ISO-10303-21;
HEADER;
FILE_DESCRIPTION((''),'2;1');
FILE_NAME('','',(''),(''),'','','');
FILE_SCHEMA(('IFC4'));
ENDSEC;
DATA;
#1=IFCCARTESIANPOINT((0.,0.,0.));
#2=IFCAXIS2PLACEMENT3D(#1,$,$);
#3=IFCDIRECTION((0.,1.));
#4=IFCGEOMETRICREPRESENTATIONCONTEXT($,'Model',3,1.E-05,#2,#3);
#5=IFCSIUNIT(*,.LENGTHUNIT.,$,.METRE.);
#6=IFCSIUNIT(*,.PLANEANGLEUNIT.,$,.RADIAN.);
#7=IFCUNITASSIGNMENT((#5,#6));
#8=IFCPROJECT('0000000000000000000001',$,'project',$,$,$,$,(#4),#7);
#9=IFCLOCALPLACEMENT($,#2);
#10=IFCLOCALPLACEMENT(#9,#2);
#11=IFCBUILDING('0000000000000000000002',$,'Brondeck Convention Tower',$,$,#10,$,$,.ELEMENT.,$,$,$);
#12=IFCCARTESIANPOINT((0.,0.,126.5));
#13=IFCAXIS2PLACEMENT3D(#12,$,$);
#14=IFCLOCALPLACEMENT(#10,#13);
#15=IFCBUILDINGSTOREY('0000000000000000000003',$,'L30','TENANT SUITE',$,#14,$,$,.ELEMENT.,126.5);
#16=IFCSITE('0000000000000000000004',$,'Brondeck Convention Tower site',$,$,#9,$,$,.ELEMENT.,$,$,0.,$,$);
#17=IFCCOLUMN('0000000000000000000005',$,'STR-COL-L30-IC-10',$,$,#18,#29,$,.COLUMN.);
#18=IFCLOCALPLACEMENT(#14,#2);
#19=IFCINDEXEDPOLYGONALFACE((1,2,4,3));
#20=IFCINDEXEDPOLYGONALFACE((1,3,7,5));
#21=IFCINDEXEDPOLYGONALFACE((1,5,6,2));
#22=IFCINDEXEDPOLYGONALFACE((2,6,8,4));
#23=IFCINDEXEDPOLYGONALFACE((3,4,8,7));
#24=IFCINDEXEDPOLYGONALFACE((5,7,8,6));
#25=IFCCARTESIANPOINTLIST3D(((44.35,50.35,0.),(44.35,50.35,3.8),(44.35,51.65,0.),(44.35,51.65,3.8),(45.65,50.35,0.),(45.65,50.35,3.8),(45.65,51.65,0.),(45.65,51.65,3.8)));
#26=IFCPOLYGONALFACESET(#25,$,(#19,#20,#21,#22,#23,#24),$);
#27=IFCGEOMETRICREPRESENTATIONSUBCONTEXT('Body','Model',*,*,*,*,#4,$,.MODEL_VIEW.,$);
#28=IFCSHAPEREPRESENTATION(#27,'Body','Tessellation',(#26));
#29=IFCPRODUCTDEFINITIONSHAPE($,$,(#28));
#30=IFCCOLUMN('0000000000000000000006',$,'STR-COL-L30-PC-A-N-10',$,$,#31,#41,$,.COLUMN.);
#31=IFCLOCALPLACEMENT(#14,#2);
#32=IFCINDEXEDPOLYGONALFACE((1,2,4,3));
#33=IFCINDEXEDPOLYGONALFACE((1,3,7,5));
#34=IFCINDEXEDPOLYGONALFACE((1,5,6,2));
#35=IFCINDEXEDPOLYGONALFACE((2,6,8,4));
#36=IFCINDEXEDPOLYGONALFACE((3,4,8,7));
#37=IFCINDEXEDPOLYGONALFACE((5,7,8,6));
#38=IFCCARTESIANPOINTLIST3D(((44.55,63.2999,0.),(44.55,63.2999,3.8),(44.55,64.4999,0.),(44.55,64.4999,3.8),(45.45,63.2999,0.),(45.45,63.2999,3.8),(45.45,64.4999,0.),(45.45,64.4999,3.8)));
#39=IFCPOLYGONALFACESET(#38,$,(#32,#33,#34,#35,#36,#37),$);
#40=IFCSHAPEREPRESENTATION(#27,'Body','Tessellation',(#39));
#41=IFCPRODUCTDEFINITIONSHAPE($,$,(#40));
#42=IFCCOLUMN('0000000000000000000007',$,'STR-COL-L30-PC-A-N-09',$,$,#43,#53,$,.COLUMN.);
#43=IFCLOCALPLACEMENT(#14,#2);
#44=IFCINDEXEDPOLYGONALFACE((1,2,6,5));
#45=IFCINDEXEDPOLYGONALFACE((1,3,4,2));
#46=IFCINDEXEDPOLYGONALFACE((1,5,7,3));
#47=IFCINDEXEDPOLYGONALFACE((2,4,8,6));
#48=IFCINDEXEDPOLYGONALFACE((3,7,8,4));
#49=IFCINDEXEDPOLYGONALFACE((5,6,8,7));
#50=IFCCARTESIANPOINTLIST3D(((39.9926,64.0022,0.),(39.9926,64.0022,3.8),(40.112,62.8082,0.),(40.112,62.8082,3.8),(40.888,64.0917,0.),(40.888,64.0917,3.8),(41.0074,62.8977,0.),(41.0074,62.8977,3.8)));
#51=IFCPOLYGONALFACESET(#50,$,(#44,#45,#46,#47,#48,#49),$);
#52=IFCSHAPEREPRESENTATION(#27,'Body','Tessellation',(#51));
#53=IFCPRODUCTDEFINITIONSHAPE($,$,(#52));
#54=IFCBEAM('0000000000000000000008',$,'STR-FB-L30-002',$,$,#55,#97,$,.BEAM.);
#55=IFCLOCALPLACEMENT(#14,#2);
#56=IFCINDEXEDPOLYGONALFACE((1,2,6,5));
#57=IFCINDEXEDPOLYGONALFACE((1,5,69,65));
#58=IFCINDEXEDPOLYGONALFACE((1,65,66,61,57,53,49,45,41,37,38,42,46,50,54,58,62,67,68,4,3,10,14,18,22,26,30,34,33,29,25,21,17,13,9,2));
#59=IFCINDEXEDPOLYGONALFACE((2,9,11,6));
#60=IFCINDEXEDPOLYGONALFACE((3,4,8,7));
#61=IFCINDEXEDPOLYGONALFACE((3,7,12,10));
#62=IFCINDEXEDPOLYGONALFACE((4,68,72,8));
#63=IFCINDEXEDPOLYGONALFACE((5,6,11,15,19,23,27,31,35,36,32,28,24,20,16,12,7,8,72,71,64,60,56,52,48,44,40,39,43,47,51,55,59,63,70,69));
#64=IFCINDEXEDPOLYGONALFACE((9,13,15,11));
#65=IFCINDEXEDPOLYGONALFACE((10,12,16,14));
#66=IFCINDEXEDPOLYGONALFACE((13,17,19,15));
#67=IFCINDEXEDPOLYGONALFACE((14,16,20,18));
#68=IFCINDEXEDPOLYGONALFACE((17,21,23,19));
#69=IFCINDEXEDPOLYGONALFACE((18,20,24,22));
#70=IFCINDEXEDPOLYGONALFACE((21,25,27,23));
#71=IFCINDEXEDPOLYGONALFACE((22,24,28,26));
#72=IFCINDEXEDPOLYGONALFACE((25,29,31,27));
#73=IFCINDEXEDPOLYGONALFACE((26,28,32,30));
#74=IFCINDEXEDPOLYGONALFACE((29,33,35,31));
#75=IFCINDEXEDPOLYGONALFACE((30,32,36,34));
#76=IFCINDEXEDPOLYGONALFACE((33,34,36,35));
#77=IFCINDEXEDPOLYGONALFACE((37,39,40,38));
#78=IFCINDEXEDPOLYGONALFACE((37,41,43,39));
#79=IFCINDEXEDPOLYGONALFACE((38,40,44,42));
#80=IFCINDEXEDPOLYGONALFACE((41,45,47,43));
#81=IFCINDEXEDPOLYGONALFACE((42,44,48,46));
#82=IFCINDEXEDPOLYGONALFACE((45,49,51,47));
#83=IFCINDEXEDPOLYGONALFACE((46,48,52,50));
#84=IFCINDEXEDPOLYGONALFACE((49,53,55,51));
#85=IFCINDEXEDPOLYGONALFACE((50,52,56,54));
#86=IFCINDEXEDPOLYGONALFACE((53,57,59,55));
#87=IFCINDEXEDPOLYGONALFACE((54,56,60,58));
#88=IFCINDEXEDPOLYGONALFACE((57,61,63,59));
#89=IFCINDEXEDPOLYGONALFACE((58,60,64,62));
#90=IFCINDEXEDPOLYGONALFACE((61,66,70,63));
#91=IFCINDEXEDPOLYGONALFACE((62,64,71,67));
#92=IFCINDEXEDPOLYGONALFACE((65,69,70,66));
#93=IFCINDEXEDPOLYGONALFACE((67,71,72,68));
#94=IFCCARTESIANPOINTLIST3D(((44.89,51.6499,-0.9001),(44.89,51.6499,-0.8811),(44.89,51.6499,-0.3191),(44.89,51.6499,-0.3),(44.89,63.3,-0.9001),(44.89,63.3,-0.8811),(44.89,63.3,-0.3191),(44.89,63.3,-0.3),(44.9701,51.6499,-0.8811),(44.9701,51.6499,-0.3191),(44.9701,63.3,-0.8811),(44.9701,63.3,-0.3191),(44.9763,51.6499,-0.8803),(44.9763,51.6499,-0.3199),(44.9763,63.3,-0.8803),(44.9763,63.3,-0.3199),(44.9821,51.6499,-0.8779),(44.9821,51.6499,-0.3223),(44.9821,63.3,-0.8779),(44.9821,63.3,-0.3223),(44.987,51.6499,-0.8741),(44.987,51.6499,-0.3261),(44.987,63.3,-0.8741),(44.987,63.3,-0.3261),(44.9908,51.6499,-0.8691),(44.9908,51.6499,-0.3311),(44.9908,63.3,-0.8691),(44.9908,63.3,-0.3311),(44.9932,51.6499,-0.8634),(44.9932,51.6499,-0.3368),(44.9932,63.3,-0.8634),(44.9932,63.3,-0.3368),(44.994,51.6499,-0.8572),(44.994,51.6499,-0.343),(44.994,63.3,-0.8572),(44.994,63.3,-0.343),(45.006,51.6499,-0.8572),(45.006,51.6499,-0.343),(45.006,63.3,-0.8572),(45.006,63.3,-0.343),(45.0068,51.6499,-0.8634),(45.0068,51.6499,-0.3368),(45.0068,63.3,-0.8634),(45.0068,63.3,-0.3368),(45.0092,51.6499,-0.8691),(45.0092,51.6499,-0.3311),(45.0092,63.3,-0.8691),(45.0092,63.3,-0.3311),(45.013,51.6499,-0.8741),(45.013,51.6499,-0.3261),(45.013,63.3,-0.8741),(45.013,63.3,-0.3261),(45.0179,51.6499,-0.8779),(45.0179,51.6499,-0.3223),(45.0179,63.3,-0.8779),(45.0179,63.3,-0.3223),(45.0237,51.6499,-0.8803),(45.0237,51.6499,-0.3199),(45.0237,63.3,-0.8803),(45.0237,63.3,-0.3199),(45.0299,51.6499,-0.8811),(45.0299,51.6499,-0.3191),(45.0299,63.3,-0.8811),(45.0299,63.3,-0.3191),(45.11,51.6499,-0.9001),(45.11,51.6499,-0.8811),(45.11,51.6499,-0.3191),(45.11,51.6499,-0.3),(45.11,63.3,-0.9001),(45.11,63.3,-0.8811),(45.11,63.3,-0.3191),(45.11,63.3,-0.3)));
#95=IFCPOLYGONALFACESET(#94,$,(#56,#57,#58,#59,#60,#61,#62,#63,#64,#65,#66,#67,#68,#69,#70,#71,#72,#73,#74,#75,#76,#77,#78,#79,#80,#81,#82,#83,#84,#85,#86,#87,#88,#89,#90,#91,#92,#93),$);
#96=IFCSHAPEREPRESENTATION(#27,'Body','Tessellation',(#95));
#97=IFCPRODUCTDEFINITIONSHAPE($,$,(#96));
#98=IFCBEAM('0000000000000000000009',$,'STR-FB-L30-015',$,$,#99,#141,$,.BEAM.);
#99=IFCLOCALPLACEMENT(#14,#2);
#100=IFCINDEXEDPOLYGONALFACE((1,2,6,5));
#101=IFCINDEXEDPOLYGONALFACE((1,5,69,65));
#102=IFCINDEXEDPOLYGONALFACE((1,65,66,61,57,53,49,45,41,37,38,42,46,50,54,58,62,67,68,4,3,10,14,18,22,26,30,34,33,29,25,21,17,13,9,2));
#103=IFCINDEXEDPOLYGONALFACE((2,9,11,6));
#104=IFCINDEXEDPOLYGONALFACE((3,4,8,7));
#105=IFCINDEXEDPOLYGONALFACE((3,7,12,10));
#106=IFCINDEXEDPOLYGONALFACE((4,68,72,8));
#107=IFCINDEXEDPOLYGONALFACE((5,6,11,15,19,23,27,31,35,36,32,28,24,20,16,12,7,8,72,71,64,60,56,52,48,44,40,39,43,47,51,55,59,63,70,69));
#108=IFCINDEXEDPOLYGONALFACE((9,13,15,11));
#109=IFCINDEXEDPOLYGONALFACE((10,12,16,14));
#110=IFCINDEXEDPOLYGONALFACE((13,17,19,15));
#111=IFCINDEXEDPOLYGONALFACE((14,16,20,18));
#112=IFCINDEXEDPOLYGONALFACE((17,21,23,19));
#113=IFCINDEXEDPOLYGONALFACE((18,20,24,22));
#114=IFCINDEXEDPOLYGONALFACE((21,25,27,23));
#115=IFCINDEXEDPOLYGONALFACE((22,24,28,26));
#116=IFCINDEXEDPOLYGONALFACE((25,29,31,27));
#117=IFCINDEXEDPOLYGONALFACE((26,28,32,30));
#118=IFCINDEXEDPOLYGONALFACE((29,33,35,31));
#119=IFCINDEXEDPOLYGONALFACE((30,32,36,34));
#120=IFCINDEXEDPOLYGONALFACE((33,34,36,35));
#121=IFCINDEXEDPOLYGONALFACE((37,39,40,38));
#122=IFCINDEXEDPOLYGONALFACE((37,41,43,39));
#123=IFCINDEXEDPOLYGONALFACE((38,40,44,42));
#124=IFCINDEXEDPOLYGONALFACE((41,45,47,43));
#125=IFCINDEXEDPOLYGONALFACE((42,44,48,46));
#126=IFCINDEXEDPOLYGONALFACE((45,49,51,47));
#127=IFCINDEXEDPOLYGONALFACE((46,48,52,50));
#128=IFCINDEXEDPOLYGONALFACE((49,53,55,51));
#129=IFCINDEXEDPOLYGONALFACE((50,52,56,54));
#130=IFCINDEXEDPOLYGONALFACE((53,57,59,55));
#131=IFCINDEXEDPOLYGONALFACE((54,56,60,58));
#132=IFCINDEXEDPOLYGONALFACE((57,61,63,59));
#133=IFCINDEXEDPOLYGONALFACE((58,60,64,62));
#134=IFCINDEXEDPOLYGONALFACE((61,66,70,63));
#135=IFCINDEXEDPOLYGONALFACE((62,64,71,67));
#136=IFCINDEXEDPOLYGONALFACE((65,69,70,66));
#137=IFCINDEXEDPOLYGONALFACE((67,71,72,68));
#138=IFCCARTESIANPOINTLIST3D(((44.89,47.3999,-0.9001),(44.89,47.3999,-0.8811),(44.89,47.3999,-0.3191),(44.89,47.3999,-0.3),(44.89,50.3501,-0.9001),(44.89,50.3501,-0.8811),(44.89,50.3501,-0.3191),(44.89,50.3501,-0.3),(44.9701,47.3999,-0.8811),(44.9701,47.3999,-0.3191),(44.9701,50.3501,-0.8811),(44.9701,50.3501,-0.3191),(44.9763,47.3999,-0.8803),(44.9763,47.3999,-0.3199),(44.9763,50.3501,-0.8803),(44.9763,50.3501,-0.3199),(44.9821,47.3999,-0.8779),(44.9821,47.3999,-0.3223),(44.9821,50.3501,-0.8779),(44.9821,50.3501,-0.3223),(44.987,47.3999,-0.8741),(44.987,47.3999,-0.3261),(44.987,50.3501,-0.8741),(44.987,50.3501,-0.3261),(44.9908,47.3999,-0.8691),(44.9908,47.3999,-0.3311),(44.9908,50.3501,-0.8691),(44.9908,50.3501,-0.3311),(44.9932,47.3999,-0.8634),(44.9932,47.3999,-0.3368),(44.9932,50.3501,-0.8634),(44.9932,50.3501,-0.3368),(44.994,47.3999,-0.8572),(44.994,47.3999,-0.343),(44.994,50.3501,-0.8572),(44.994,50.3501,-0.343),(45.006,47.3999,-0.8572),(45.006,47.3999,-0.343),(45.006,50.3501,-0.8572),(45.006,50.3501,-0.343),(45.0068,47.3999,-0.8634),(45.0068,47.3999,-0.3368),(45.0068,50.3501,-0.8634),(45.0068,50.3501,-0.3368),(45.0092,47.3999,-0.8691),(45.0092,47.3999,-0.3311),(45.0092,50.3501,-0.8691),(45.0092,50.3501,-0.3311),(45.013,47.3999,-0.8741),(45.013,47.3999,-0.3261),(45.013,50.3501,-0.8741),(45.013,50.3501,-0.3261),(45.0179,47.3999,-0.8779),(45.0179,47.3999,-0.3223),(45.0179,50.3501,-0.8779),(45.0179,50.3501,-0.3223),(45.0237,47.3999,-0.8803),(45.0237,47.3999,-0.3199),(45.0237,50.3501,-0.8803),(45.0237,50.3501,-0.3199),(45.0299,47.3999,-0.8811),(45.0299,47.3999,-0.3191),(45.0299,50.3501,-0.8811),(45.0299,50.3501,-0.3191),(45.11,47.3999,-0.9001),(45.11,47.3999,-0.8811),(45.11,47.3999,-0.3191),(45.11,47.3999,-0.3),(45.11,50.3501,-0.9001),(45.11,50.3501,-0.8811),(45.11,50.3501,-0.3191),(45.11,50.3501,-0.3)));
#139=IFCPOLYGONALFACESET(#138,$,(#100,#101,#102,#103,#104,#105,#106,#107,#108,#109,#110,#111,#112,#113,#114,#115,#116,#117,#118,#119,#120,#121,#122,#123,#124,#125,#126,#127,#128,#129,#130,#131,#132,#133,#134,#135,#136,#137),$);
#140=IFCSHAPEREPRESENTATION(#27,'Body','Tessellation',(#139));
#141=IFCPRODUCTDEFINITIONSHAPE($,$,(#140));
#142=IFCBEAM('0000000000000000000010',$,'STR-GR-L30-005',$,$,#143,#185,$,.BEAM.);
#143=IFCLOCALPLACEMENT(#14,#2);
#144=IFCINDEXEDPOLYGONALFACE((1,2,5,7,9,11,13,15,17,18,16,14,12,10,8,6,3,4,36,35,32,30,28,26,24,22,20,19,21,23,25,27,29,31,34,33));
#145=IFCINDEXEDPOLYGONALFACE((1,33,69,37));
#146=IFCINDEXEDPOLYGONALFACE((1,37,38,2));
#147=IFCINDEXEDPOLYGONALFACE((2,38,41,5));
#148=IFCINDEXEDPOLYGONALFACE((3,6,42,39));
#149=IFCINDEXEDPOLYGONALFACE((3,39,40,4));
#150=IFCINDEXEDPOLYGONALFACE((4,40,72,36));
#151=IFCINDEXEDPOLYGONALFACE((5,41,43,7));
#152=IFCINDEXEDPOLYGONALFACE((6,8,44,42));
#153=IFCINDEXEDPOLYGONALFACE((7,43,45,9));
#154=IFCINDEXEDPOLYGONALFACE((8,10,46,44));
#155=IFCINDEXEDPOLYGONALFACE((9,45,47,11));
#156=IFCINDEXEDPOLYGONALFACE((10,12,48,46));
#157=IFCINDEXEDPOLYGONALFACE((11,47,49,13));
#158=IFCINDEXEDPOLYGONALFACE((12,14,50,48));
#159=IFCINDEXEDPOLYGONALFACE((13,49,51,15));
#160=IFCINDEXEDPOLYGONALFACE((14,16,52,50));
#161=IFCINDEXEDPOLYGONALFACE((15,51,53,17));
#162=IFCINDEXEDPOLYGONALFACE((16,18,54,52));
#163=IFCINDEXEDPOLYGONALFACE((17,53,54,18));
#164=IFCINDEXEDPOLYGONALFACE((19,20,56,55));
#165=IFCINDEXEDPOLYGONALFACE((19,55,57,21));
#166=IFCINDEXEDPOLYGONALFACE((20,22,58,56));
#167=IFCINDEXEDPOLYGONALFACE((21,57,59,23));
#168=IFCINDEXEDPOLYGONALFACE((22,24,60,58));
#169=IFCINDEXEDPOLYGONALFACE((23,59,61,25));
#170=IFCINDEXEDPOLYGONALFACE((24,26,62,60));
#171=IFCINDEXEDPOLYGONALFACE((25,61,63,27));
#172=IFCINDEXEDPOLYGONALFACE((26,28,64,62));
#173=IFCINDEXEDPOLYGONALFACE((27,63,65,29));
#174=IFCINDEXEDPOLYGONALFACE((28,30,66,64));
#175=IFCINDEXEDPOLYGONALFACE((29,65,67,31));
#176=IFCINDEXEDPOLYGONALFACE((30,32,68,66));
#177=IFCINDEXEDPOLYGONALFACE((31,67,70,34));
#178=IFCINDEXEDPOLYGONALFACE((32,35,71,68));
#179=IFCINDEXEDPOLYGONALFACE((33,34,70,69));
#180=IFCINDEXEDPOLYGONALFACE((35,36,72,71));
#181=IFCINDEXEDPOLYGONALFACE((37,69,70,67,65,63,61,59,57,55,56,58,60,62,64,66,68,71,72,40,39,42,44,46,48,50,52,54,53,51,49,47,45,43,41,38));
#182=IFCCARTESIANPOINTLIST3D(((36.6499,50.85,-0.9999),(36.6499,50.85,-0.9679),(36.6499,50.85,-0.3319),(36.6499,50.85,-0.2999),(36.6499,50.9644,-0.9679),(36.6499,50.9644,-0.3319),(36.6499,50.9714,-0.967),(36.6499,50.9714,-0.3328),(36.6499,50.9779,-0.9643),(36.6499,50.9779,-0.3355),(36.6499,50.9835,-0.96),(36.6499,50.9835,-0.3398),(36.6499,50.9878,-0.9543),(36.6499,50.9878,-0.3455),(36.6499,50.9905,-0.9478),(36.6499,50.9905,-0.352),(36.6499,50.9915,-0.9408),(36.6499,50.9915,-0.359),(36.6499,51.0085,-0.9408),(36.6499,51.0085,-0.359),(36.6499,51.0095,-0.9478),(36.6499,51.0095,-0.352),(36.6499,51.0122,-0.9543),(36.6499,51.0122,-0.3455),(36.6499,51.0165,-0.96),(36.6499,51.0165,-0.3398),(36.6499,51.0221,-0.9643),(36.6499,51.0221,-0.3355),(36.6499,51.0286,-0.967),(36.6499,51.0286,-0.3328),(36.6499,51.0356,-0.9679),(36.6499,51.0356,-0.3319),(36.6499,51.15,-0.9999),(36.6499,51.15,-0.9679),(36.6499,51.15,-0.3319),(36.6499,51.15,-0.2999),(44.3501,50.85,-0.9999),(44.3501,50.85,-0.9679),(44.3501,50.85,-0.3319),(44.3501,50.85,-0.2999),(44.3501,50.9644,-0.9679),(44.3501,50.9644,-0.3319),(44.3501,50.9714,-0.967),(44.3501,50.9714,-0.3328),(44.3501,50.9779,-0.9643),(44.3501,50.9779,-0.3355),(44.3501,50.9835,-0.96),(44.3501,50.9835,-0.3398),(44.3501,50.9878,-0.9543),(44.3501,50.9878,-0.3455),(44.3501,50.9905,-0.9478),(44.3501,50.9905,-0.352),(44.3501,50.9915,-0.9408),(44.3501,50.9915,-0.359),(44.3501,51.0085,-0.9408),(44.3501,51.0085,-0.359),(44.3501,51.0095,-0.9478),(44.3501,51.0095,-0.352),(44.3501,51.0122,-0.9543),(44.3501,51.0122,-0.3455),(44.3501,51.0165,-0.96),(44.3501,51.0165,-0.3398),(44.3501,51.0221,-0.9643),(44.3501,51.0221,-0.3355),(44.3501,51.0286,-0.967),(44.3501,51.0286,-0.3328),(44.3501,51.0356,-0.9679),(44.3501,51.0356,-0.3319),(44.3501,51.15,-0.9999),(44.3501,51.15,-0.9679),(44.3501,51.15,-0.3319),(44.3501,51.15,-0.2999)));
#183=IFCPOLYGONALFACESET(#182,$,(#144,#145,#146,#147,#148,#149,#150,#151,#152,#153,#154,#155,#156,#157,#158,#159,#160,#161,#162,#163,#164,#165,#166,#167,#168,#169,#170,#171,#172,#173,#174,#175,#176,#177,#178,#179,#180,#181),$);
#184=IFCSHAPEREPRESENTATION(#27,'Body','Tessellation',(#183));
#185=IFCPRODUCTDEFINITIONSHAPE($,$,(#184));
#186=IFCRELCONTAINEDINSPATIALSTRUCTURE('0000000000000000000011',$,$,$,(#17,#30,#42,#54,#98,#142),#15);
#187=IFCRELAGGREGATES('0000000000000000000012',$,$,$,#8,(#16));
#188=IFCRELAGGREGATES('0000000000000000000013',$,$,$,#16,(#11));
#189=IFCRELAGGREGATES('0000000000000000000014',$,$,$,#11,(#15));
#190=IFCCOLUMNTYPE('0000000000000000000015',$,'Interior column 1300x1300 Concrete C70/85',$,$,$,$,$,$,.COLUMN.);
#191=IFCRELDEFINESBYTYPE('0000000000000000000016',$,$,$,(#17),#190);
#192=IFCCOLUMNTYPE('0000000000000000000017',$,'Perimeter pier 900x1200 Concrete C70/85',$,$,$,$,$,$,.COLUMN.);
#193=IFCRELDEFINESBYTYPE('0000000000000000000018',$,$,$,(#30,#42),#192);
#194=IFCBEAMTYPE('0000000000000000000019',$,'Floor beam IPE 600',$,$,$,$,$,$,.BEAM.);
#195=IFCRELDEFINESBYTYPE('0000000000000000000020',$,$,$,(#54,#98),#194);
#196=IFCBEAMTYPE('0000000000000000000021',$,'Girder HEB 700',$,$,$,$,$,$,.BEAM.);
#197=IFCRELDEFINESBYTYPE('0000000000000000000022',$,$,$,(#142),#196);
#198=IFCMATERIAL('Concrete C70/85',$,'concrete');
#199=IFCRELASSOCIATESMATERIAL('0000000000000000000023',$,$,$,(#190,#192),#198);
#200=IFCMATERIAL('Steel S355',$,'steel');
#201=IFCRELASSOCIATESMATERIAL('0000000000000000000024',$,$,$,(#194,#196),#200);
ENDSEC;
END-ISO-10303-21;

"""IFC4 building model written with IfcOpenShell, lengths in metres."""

from ifc_helpers import new_model, si_unit, direction, frame, origin, origin_2d, place, context, subcontext, project, spatial, rectangle, i_section, extrude, material, material_profile, profile_set, type_object, element, save


model = new_model("IFC4")

# Units and contexts
model_context = context("Model", 3, precision=1e-05, world=origin(), true_north=direction((0.0, 1.0)))
body_context = subcontext(model_context, "Body", "Model", "MODEL_VIEW")
ifc_project = project(units=[si_unit("LENGTHUNIT", "METRE"), si_unit("PLANEANGLEUNIT", "RADIAN")], contexts=[model_context])

# Site, building, storey
site_placement = place(None, origin())
site = spatial("IfcSite", under=ifc_project, at=site_placement, Name="Brondeck Convention Tower site", CompositionType="ELEMENT", RefElevation=0.0)
building_placement = place(site_placement, origin())
building = spatial("IfcBuilding", under=site, at=building_placement, Name="Brondeck Convention Tower", CompositionType="ELEMENT")
storey_placement = place(building_placement, frame((0.0, 0.0, 126.5)))
storey = spatial("IfcBuildingStorey", under=building, at=storey_placement, Name="L30", Description="TENANT SUITE", CompositionType="ELEMENT", Elevation=126.5)

# Columns
ifc_material_1 = material(Name="Concrete C70/85", Category="concrete")
ifc_material_profile_1 = material_profile(ifc_material_1, rectangle(XDim=1.3, YDim=1.3, at=origin_2d()), Name="Interior column 1300x1300 Concrete C70/85")
ifc_profile_set_1 = profile_set([ifc_material_profile_1], Name="Concrete C70/85")
column_type_1 = type_object("IfcColumnType", Name="Interior column 1300x1300 Concrete C70/85", PredefinedType="COLUMN", material=ifc_profile_set_1)
column_placement = place(storey_placement, frame((45.0, 51.0, 0.0), z_axis=(0.0, 0.0, 1.0), x_axis=(1.0, 0.0, 0.0)))
element("IfcColumn", 1, at=column_placement, inside=storey, type_object=column_type_1, Name="STR-COL-L30-IC-10", PredefinedType="COLUMN", context=body_context, shape_type="SweptSolid", body=[
    extrude(rectangle(XDim=1.3, YDim=1.3, at=origin_2d()), origin(), (0.0, 0.0, 1.0), 3.8),
])
ifc_material_profile_2 = material_profile(ifc_material_1, rectangle(XDim=0.8999, YDim=1.2, at=origin_2d()), Name="Perimeter pier 900x1200 Concrete C70/85")
ifc_profile_set_2 = profile_set([ifc_material_profile_2], Name="Concrete C70/85")
column_type_2 = type_object("IfcColumnType", Name="Perimeter pier 900x1200 Concrete C70/85", PredefinedType="COLUMN", material=ifc_profile_set_2)
for number, where, z_axis, x_axis, name in (
    (2, (45.0, 63.8999, 0.0), (0.0, 0.0, 1.0), (-1.0, 0.0, 0.0), "STR-COL-L30-PC-A-N-10"),
    (3, (40.5, 63.45, 0.0), (0.0, 0.0, 1.0), (-0.995037, -0.099504, 0.0), "STR-COL-L30-PC-A-N-09"),
):
    element("IfcColumn", number, at=place(storey_placement, frame(where, z_axis=z_axis, x_axis=x_axis)), inside=storey, type_object=column_type_2, Name=name, PredefinedType="COLUMN", context=body_context, shape_type="SweptSolid", body=[
        extrude(rectangle(XDim=0.8999, YDim=1.2, at=origin_2d()), origin(), (0.0, 0.0, 1.0), 3.8),
    ])

# Beams
ifc_material_2 = material(Name="Steel S355", Category="steel")
ifc_material_profile_3 = material_profile(ifc_material_2, i_section(OverallWidth=0.22, OverallDepth=0.6001, WebThickness=0.012, FlangeThickness=0.019, FilletRadius=0.0239, at=origin_2d()), Name="IPE 600")
ifc_profile_set_3 = profile_set([ifc_material_profile_3], Name="Steel S355")
beam_type_1 = type_object("IfcBeamType", Name="Floor beam IPE 600", PredefinedType="BEAM", material=ifc_profile_set_3)
beam_1_placement = place(storey_placement, frame((45.0, 51.6499, -0.6001), z_axis=(0.0, 1.0, 0.0), x_axis=(-1.0, 0.0, 0.0)))
element("IfcBeam", 4, at=beam_1_placement, inside=storey, type_object=beam_type_1, Name="STR-FB-L30-002", PredefinedType="BEAM", context=body_context, shape_type="SweptSolid", body=[
    extrude(i_section(OverallWidth=0.22, OverallDepth=0.6001, WebThickness=0.012, FlangeThickness=0.019, FilletRadius=0.0239, at=origin_2d()), origin(), (0.0, 0.0, 1.0), 11.6501),
])
beam_2_placement = place(storey_placement, frame((45.0, 47.3999, -0.6001), z_axis=(0.0, 1.0, 0.0), x_axis=(-1.0, 0.0, 0.0)))
element("IfcBeam", 5, at=beam_2_placement, inside=storey, type_object=beam_type_1, Name="STR-FB-L30-015", PredefinedType="BEAM", context=body_context, shape_type="SweptSolid", body=[
    extrude(i_section(OverallWidth=0.22, OverallDepth=0.6001, WebThickness=0.012, FlangeThickness=0.019, FilletRadius=0.0239, at=origin_2d()), origin(), (0.0, 0.0, 1.0), 2.9502),
])
ifc_material_profile_4 = material_profile(ifc_material_2, i_section(OverallWidth=0.3, OverallDepth=0.7, WebThickness=0.0171, FlangeThickness=0.032, FilletRadius=0.0271, at=origin_2d()), Name="HEB 700")
ifc_profile_set_4 = profile_set([ifc_material_profile_4], Name="Steel S355")
beam_type_2 = type_object("IfcBeamType", Name="Girder HEB 700", PredefinedType="BEAM", material=ifc_profile_set_4)
beam_3_placement = place(storey_placement, frame((36.6499, 51.0, -0.6499), z_axis=(1.0, 0.0, 0.0), x_axis=(0.0, 1.0, 0.0)))
element("IfcBeam", 6, at=beam_3_placement, inside=storey, type_object=beam_type_2, Name="STR-GR-L30-005", PredefinedType="BEAM", context=body_context, shape_type="SweptSolid", body=[
    extrude(i_section(OverallWidth=0.3, OverallDepth=0.7, WebThickness=0.0171, FlangeThickness=0.032, FilletRadius=0.0271, at=origin_2d()), origin(), (0.0, 0.0, 1.0), 7.7002),
])

save(model, "model.ifc")
